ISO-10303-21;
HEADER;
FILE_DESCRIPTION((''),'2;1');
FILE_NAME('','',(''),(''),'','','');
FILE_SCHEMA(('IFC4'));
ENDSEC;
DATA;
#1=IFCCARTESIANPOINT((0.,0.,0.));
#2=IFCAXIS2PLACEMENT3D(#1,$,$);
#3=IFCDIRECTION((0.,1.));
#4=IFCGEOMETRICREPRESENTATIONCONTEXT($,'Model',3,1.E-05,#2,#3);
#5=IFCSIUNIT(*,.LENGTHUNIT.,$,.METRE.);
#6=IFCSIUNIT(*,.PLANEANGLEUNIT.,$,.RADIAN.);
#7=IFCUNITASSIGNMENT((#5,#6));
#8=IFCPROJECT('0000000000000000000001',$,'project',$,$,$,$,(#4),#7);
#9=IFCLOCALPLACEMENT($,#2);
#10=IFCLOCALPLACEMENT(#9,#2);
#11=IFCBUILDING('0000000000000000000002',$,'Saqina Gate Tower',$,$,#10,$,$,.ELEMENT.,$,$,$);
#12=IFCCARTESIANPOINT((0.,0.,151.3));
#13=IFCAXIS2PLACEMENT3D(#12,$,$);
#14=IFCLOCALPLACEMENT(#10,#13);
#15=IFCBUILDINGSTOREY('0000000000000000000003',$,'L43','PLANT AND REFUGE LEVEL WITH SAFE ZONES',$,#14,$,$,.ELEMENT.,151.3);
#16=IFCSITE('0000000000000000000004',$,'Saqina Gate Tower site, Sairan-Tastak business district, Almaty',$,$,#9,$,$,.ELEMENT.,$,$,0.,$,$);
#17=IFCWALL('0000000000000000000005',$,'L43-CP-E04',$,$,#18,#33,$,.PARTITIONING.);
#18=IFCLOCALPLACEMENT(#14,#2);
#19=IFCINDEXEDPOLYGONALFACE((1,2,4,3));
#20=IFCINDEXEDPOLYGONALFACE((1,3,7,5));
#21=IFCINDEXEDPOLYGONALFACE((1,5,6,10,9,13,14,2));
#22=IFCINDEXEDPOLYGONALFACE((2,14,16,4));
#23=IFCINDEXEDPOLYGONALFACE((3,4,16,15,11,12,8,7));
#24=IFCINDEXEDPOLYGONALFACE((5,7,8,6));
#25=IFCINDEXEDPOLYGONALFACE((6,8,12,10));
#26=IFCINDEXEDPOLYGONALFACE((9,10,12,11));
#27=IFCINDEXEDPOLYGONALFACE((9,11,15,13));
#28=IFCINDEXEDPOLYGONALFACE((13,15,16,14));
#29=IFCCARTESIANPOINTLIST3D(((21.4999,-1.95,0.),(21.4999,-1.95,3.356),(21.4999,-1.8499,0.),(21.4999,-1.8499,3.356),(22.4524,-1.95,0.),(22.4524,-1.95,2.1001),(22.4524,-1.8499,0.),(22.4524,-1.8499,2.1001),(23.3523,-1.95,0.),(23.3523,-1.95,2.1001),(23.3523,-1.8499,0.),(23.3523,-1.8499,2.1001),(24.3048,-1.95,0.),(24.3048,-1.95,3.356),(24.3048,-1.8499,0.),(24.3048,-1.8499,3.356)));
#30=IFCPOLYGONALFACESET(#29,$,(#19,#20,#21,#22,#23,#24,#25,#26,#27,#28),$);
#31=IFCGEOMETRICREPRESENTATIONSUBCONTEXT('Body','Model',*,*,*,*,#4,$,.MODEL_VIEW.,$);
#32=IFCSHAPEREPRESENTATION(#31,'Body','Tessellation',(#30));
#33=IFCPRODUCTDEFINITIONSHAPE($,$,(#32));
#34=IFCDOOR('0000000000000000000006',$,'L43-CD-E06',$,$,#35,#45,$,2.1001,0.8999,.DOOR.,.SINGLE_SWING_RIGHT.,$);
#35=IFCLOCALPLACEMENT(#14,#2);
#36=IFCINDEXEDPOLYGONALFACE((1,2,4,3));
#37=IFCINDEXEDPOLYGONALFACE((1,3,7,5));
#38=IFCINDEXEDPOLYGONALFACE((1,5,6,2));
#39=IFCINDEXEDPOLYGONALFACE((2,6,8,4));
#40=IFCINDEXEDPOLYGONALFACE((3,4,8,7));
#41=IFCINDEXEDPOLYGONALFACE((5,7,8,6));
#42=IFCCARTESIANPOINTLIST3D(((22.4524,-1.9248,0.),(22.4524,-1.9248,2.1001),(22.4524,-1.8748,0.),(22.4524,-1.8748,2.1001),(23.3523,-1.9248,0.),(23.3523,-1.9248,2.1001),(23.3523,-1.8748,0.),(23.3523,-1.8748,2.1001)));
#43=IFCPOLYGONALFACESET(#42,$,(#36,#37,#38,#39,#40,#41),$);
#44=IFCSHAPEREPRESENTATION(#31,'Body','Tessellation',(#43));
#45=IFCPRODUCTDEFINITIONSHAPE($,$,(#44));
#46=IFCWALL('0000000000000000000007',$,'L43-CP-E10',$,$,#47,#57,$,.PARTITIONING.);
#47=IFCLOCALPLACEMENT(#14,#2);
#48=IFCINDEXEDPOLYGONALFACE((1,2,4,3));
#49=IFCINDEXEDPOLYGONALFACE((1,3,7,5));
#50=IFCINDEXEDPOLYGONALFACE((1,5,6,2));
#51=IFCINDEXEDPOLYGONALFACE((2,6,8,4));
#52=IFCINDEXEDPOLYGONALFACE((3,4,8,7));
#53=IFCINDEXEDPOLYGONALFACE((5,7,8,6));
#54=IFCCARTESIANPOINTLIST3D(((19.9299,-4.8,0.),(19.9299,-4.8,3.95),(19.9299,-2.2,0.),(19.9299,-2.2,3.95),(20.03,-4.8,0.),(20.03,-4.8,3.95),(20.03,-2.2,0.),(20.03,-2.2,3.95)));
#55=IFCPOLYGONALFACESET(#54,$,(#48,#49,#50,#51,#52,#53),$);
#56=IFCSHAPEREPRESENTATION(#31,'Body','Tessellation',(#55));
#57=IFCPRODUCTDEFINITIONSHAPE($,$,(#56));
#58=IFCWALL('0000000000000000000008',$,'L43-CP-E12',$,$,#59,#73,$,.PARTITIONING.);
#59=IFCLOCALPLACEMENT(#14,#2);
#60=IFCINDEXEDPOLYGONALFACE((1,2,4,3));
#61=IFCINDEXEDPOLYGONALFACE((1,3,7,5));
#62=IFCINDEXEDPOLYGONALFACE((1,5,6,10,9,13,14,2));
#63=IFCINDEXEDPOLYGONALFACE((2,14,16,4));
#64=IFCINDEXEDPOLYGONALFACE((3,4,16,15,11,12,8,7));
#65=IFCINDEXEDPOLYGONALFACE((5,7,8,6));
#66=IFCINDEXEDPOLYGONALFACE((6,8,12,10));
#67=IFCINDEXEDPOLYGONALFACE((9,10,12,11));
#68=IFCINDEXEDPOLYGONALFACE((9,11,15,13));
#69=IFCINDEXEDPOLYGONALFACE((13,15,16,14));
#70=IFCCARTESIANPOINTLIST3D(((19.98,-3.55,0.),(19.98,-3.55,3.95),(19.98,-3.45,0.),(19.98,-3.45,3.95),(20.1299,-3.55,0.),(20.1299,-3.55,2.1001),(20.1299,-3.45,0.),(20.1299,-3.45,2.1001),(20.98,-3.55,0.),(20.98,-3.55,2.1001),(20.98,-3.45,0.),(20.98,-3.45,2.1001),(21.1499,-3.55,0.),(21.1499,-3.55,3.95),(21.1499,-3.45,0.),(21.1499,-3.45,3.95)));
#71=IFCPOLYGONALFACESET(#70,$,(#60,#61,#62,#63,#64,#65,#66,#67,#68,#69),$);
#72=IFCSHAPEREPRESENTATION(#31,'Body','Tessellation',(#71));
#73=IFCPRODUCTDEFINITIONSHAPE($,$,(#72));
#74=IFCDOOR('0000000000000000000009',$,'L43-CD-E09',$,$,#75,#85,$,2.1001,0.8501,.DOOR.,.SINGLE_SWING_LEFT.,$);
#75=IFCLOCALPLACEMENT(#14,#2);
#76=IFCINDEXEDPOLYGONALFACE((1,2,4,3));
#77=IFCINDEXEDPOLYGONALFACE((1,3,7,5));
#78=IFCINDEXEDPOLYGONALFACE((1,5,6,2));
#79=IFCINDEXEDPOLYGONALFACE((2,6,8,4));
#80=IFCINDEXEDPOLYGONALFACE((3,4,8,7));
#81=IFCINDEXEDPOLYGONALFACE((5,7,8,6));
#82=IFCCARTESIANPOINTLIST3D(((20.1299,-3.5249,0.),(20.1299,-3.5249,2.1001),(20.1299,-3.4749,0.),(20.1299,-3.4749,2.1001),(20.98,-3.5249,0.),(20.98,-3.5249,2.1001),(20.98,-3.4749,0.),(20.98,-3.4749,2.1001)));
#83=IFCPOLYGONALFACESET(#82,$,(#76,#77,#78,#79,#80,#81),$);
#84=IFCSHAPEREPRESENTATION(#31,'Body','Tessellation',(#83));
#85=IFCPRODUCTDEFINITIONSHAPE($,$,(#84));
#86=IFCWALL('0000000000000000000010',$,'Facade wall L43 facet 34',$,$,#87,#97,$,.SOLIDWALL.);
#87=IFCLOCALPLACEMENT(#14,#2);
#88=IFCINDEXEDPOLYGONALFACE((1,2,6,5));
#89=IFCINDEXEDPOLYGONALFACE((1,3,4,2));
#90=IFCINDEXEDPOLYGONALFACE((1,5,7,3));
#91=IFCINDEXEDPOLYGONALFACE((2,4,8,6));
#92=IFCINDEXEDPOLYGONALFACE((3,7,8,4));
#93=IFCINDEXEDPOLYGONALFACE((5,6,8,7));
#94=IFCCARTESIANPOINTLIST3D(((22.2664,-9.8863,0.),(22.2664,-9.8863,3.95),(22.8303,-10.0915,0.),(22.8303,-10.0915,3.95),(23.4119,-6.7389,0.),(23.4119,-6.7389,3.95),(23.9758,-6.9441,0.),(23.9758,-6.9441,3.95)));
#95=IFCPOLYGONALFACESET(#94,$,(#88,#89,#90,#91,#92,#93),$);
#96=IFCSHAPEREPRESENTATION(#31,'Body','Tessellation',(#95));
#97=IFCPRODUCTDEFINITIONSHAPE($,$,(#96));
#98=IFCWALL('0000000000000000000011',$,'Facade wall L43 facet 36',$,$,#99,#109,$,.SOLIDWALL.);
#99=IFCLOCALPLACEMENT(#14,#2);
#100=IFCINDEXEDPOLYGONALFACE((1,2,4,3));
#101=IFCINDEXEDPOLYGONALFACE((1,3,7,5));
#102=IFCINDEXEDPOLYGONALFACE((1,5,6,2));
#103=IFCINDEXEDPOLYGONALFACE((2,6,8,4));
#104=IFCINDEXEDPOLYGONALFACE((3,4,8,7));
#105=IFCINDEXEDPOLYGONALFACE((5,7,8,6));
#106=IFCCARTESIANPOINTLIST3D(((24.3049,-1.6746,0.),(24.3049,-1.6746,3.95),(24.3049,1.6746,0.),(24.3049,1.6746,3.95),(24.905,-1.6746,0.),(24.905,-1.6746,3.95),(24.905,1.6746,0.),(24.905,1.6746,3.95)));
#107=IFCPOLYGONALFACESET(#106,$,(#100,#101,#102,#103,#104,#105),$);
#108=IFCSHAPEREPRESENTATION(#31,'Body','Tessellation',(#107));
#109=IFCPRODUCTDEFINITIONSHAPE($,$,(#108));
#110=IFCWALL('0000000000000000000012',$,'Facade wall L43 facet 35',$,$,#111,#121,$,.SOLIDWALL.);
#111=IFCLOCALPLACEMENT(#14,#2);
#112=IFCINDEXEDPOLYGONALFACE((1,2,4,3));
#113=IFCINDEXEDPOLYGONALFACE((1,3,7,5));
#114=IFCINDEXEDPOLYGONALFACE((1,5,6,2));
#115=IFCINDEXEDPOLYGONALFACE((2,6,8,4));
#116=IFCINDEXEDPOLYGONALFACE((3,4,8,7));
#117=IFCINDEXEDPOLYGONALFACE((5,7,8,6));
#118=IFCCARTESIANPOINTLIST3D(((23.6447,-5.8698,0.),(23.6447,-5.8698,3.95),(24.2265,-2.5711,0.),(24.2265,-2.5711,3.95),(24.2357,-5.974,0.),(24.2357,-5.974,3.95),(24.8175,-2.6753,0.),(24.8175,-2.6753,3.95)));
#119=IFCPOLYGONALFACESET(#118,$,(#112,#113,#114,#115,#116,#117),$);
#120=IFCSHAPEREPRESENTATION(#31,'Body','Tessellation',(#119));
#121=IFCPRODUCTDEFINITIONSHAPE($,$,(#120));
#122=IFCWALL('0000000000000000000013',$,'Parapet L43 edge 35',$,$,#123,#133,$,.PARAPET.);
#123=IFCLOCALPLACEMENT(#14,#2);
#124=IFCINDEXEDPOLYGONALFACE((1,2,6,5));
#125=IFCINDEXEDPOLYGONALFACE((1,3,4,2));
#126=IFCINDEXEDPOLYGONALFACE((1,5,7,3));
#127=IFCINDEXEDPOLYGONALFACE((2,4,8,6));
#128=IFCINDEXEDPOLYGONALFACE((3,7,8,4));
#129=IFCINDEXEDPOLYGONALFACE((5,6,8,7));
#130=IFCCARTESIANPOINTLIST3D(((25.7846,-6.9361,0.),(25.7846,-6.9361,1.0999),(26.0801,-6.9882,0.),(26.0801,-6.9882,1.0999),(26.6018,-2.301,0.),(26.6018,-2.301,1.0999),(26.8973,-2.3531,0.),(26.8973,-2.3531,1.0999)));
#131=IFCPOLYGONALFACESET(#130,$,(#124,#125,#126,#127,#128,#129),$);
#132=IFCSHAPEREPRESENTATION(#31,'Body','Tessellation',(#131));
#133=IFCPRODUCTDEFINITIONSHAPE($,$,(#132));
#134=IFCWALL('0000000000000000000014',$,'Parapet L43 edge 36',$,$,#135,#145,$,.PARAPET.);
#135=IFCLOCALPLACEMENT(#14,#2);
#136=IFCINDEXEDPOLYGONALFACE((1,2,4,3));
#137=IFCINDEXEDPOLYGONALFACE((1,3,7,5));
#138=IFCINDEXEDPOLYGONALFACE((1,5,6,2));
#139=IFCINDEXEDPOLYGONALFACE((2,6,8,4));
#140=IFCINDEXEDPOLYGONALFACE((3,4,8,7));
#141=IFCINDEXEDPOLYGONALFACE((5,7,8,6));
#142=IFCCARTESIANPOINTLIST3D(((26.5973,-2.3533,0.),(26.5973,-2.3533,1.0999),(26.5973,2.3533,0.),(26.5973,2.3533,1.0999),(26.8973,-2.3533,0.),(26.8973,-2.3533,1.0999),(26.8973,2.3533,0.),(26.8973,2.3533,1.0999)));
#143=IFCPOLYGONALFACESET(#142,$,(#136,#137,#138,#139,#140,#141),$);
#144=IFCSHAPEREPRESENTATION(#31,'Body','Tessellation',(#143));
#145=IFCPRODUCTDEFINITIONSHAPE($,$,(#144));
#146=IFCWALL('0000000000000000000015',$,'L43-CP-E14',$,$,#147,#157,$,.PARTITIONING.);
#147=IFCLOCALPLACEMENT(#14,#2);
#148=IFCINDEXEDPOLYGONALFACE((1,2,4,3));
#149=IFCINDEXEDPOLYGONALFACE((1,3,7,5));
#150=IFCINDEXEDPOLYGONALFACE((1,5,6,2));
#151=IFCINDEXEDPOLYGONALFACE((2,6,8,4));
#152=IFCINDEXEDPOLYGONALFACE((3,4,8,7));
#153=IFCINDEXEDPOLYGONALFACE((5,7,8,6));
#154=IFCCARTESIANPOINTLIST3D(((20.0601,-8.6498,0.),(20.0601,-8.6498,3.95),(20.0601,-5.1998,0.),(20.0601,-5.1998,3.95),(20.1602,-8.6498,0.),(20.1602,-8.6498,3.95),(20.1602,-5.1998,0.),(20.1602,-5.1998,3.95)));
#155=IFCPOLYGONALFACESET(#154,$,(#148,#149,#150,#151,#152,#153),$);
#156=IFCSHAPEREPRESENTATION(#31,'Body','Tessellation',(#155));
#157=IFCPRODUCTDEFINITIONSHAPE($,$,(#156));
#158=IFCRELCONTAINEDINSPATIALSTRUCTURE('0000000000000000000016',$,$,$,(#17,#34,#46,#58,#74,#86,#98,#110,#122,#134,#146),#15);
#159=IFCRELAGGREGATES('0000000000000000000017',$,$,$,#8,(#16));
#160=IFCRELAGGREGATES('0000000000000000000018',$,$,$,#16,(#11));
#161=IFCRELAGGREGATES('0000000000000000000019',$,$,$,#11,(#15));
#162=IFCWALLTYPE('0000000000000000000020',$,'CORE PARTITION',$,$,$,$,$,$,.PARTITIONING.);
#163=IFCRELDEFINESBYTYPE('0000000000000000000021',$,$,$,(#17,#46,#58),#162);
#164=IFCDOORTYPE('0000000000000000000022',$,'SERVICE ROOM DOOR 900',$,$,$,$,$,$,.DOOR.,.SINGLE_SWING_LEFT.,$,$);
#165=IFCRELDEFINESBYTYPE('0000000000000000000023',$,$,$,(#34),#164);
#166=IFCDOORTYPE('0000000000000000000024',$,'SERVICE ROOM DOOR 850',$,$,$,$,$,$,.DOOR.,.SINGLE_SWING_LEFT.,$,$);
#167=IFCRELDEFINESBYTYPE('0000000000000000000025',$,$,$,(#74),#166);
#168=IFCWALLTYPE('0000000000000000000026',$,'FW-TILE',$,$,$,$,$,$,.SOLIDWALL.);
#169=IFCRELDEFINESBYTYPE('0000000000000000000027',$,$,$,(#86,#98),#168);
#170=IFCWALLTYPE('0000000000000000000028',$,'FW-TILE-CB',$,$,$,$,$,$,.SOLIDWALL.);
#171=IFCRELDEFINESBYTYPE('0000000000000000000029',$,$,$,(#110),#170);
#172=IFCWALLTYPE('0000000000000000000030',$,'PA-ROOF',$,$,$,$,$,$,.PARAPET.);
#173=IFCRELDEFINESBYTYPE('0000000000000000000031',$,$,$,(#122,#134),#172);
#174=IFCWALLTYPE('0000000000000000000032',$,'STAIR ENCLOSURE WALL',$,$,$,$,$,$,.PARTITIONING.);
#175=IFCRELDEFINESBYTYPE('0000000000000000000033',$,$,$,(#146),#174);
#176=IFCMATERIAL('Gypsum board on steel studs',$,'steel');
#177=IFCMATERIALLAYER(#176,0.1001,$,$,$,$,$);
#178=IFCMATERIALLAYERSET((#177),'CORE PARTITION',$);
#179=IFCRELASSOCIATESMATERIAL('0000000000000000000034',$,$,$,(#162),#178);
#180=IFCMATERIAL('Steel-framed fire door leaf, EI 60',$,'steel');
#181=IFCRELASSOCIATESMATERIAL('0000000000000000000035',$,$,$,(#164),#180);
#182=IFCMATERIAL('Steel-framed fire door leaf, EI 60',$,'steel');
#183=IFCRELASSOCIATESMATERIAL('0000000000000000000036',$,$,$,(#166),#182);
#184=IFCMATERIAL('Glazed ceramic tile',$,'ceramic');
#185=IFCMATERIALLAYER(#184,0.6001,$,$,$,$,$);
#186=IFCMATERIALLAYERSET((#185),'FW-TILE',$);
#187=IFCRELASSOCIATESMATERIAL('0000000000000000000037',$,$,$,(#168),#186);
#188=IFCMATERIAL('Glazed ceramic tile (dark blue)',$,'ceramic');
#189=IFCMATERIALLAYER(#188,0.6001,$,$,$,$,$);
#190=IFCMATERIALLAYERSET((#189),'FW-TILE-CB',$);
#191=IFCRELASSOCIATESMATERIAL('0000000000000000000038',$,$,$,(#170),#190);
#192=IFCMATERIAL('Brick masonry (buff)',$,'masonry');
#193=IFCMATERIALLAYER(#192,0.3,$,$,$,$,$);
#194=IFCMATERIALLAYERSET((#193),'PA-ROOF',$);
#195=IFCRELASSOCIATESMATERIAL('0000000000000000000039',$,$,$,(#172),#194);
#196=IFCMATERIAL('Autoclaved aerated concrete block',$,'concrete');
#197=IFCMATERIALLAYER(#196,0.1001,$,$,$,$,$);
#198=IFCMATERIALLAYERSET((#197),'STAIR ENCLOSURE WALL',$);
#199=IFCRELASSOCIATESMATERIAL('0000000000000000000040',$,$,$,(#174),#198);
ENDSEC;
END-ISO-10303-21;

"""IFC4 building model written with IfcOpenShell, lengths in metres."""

from ifc_helpers import new_model, si_unit, direction, frame, frame_2d, origin, place, context, subcontext, project, spatial, rectangle, extrude, material, layer, layer_set, type_object, element, fill, save


model = new_model("IFC4")

# Units and contexts
model_context = context("Model", 3, precision=1e-05, world=origin(), true_north=direction((0.0, 1.0)))
body_context = subcontext(model_context, "Body", "Model", "MODEL_VIEW")
ifc_project = project(units=[si_unit("LENGTHUNIT", "METRE"), si_unit("PLANEANGLEUNIT", "RADIAN")], contexts=[model_context])

# Site, building, storey
site_placement = place(None, origin())
site = spatial("IfcSite", under=ifc_project, at=site_placement, Name="Saqina Gate Tower site, Sairan-Tastak business district, Almaty", CompositionType="ELEMENT", RefElevation=0.0)
building_placement = place(site_placement, origin())
building = spatial("IfcBuilding", under=site, at=building_placement, Name="Saqina Gate Tower", CompositionType="ELEMENT")
storey_placement = place(building_placement, frame((0.0, 0.0, 151.3)))
storey = spatial("IfcBuildingStorey", under=building, at=storey_placement, Name="L43", Description="PLANT AND REFUGE LEVEL WITH SAFE ZONES", CompositionType="ELEMENT", Elevation=151.3)

# Shared definitions
ifc_material_1 = material(Name="Gypsum board on steel studs", Category="steel")
ifc_layer_1 = layer(ifc_material_1, 0.1001)
ifc_layer_set_1 = layer_set([ifc_layer_1], Name="CORE PARTITION")
wall_type_1 = type_object("IfcWallType", Name="CORE PARTITION", PredefinedType="PARTITIONING", material=ifc_layer_set_1)

# Wall, opening, door
wall_1_placement = place(storey_placement, frame((21.5, -1.8999, 0.0), z_axis=(0.0, 0.0, 1.0), x_axis=(1.0, 0.0, 0.0)))
wall_1 = element("IfcWall", 1, at=wall_1_placement, inside=storey, type_object=wall_type_1, Name="L43-CP-E04", PredefinedType="PARTITIONING", context=body_context, shape_type="SweptSolid", body=[
    extrude(rectangle(XDim=2.8049, YDim=0.1001, at=frame_2d((1.4023, 0.0))), origin(), (0.0, 0.0, 1.0), 3.356),
])
opening_1_placement = place(wall_1_placement, frame((0.9524, 0.0, 0.0)))
opening_1 = element("IfcOpeningElement", 2, at=opening_1_placement, cuts=wall_1, PredefinedType="OPENING", context=body_context, shape_type="SweptSolid", body=[
    extrude(rectangle(XDim=0.8999, YDim=2.1001, at=frame_2d((0.45, 1.05))), frame((0.0, 0.062, 0.0), z_axis=(0.0, -1.0, 0.0), x_axis=(1.0, 0.0, 0.0)), (0.0, 0.0, 1.0), 0.124),
])
ifc_material_2 = material(Name="Steel-framed fire door leaf, EI 60", Category="steel")
door_type_1 = type_object("IfcDoorType", Name="SERVICE ROOM DOOR 900", OperationType="SINGLE_SWING_LEFT", PredefinedType="DOOR", material=ifc_material_2)
door_1_placement = place(opening_1_placement, frame((0.8999, 0.0, 0.0), z_axis=(0.0, 0.0, 1.0), x_axis=(-1.0, 0.0, 0.0)))
door_1 = element("IfcDoor", 3, at=door_1_placement, inside=storey, type_object=door_type_1, Name="L43-CD-E06", OperationType="SINGLE_SWING_RIGHT", OverallHeight=2.1001, OverallWidth=0.8999, PredefinedType="DOOR", context=body_context, shape_type="SweptSolid", body=[
    extrude(rectangle(XDim=0.8999, YDim=2.1001, at=frame_2d((0.45, 1.05))), frame((0.0, 0.0249, 0.0), z_axis=(0.0, -1.0, 0.0), x_axis=(1.0, 0.0, 0.0)), (0.0, 0.0, 1.0), 0.05),
])
fill(opening_1, door_1)

# Wall
wall_2_placement = place(storey_placement, frame((19.98, -4.8, 0.0), z_axis=(0.0, 0.0, 1.0), x_axis=(0.0, 1.0, 0.0)))
element("IfcWall", 4, at=wall_2_placement, inside=storey, type_object=wall_type_1, Name="L43-CP-E10", PredefinedType="PARTITIONING", context=body_context, shape_type="SweptSolid", body=[
    extrude(rectangle(XDim=2.6001, YDim=0.1001, at=frame_2d((1.3, 0.0))), origin(), (0.0, 0.0, 1.0), 3.95),
])

# Wall, opening, door
wall_3_placement = place(storey_placement, frame((19.98, -3.5, 0.0), z_axis=(0.0, 0.0, 1.0), x_axis=(1.0, 0.0, 0.0)))
wall_3 = element("IfcWall", 5, at=wall_3_placement, inside=storey, type_object=wall_type_1, Name="L43-CP-E12", PredefinedType="PARTITIONING", context=body_context, shape_type="SweptSolid", body=[
    extrude(rectangle(XDim=1.1699, YDim=0.1001, at=frame_2d((0.585, 0.0))), origin(), (0.0, 0.0, 1.0), 3.95),
])
opening_2_placement = place(wall_3_placement, frame((0.1499, 0.0, 0.0)))
opening_2 = element("IfcOpeningElement", 6, at=opening_2_placement, cuts=wall_3, PredefinedType="OPENING", context=body_context, shape_type="SweptSolid", body=[
    extrude(rectangle(XDim=0.8501, YDim=2.1001, at=frame_2d((0.425, 1.05))), frame((0.0, 0.062, 0.0), z_axis=(0.0, -1.0, 0.0), x_axis=(1.0, 0.0, 0.0)), (0.0, 0.0, 1.0), 0.124),
])
ifc_material_3 = material(Name="Steel-framed fire door leaf, EI 60", Category="steel")
door_type_2 = type_object("IfcDoorType", Name="SERVICE ROOM DOOR 850", OperationType="SINGLE_SWING_LEFT", PredefinedType="DOOR", material=ifc_material_3)
door_2_placement = place(opening_2_placement, frame((0.8501, 0.0, 0.0), z_axis=(0.0, 0.0, 1.0), x_axis=(-1.0, 0.0, 0.0)))
door_2 = element("IfcDoor", 7, at=door_2_placement, inside=storey, type_object=door_type_2, Name="L43-CD-E09", OperationType="SINGLE_SWING_LEFT", OverallHeight=2.1001, OverallWidth=0.8501, PredefinedType="DOOR", context=body_context, shape_type="SweptSolid", body=[
    extrude(rectangle(XDim=0.8501, YDim=2.1001, at=frame_2d((0.425, 1.05))), frame((0.0, 0.0249, 0.0), z_axis=(0.0, -1.0, 0.0), x_axis=(1.0, 0.0, 0.0)), (0.0, 0.0, 1.0), 0.05),
])
fill(opening_2, door_2)

# Walls
ifc_material_4 = material(Name="Glazed ceramic tile", Category="ceramic")
ifc_layer_2 = layer(ifc_material_4, 0.6001)
ifc_layer_set_2 = layer_set([ifc_layer_2], Name="FW-TILE")
wall_type_2 = type_object("IfcWallType", Name="FW-TILE", PredefinedType="SOLIDWALL", material=ifc_layer_set_2)
wall_4_placement = place(storey_placement, frame((22.5483, -9.989, 0.0), z_axis=(0.0, 0.0, 1.0), x_axis=(0.342001, 0.9397, 0.0)))
element("IfcWall", 8, at=wall_4_placement, inside=storey, type_object=wall_type_2, Name="Facade wall L43 facet 34", PredefinedType="SOLIDWALL", context=body_context, shape_type="SweptSolid", body=[
    extrude(rectangle(XDim=3.3494, YDim=0.6001, at=frame_2d((1.6748, 0.0))), origin(), (0.0, 0.0, 1.0), 3.95),
])
wall_5_placement = place(storey_placement, frame((24.605, -1.6746, 0.0), z_axis=(0.0, 0.0, 1.0), x_axis=(0.0, 1.0, 0.0)))
element("IfcWall", 9, at=wall_5_placement, inside=storey, type_object=wall_type_2, Name="Facade wall L43 facet 36", PredefinedType="SOLIDWALL", context=body_context, shape_type="SweptSolid", body=[
    extrude(rectangle(XDim=3.3491, YDim=0.6001, at=frame_2d((1.6746, 0.0))), origin(), (0.0, 0.0, 1.0), 3.95),
])
ifc_material_5 = material(Name="Glazed ceramic tile (dark blue)", Category="ceramic")
ifc_layer_3 = layer(ifc_material_5, 0.6001)
ifc_layer_set_3 = layer_set([ifc_layer_3], Name="FW-TILE-CB")
wall_type_3 = type_object("IfcWallType", Name="FW-TILE-CB", PredefinedType="SOLIDWALL", material=ifc_layer_set_3)
wall_6_placement = place(storey_placement, frame((23.9402, -5.9219, 0.0), z_axis=(0.0, 0.0, 1.0), x_axis=(0.173694, 0.9848, 0.0)))
element("IfcWall", 10, at=wall_6_placement, inside=storey, type_object=wall_type_3, Name="Facade wall L43 facet 35", PredefinedType="SOLIDWALL", context=body_context, shape_type="SweptSolid", body=[
    extrude(rectangle(XDim=3.3496, YDim=0.6001, at=frame_2d((1.6748, 0.0))), origin(), (0.0, 0.0, 1.0), 3.95),
])
ifc_material_6 = material(Name="Brick masonry (buff)", Category="masonry")
ifc_layer_4 = layer(ifc_material_6, 0.3)
ifc_layer_set_4 = layer_set([ifc_layer_4], Name="PA-ROOF")
wall_type_4 = type_object("IfcWallType", Name="PA-ROOF", PredefinedType="PARAPET", material=ifc_layer_set_4)
for number, where, z_axis, x_axis, name in (
    (11, (25.9324, -6.9622, 0.0), (0.0, 0.0, 1.0), (0.17362, 0.984813, 0.0), "Parapet L43 edge 35"),
    (12, (26.7473, -2.3533, 0.0), (0.0, 0.0, 1.0), (0.0, 1.0, 0.0), "Parapet L43 edge 36"),
):
    element("IfcWall", number, at=place(storey_placement, frame(where, z_axis=z_axis, x_axis=x_axis)), inside=storey, type_object=wall_type_4, Name=name, PredefinedType="PARAPET", context=body_context, shape_type="SweptSolid", body=[
        extrude(rectangle(XDim=4.7065, YDim=0.3, at=frame_2d((2.3533, 0.0))), origin(), (0.0, 0.0, 1.0), 1.0999),
    ])
ifc_material_7 = material(Name="Autoclaved aerated concrete block", Category="concrete")
ifc_layer_5 = layer(ifc_material_7, 0.1001)
ifc_layer_set_5 = layer_set([ifc_layer_5], Name="STAIR ENCLOSURE WALL")
wall_type_5 = type_object("IfcWallType", Name="STAIR ENCLOSURE WALL", PredefinedType="PARTITIONING", material=ifc_layer_set_5)
wall_7_placement = place(storey_placement, frame((20.1101, -8.6499, 0.0), z_axis=(0.0, 0.0, 1.0), x_axis=(0.0, 1.0, 0.0)))
element("IfcWall", 13, at=wall_7_placement, inside=storey, type_object=wall_type_5, Name="L43-CP-E14", PredefinedType="PARTITIONING", context=body_context, shape_type="SweptSolid", body=[
    extrude(rectangle(XDim=3.45, YDim=0.1001, at=frame_2d((1.7251, 0.0))), origin(), (0.0, 0.0, 1.0), 3.95),
])

save(model, "model.ifc")
